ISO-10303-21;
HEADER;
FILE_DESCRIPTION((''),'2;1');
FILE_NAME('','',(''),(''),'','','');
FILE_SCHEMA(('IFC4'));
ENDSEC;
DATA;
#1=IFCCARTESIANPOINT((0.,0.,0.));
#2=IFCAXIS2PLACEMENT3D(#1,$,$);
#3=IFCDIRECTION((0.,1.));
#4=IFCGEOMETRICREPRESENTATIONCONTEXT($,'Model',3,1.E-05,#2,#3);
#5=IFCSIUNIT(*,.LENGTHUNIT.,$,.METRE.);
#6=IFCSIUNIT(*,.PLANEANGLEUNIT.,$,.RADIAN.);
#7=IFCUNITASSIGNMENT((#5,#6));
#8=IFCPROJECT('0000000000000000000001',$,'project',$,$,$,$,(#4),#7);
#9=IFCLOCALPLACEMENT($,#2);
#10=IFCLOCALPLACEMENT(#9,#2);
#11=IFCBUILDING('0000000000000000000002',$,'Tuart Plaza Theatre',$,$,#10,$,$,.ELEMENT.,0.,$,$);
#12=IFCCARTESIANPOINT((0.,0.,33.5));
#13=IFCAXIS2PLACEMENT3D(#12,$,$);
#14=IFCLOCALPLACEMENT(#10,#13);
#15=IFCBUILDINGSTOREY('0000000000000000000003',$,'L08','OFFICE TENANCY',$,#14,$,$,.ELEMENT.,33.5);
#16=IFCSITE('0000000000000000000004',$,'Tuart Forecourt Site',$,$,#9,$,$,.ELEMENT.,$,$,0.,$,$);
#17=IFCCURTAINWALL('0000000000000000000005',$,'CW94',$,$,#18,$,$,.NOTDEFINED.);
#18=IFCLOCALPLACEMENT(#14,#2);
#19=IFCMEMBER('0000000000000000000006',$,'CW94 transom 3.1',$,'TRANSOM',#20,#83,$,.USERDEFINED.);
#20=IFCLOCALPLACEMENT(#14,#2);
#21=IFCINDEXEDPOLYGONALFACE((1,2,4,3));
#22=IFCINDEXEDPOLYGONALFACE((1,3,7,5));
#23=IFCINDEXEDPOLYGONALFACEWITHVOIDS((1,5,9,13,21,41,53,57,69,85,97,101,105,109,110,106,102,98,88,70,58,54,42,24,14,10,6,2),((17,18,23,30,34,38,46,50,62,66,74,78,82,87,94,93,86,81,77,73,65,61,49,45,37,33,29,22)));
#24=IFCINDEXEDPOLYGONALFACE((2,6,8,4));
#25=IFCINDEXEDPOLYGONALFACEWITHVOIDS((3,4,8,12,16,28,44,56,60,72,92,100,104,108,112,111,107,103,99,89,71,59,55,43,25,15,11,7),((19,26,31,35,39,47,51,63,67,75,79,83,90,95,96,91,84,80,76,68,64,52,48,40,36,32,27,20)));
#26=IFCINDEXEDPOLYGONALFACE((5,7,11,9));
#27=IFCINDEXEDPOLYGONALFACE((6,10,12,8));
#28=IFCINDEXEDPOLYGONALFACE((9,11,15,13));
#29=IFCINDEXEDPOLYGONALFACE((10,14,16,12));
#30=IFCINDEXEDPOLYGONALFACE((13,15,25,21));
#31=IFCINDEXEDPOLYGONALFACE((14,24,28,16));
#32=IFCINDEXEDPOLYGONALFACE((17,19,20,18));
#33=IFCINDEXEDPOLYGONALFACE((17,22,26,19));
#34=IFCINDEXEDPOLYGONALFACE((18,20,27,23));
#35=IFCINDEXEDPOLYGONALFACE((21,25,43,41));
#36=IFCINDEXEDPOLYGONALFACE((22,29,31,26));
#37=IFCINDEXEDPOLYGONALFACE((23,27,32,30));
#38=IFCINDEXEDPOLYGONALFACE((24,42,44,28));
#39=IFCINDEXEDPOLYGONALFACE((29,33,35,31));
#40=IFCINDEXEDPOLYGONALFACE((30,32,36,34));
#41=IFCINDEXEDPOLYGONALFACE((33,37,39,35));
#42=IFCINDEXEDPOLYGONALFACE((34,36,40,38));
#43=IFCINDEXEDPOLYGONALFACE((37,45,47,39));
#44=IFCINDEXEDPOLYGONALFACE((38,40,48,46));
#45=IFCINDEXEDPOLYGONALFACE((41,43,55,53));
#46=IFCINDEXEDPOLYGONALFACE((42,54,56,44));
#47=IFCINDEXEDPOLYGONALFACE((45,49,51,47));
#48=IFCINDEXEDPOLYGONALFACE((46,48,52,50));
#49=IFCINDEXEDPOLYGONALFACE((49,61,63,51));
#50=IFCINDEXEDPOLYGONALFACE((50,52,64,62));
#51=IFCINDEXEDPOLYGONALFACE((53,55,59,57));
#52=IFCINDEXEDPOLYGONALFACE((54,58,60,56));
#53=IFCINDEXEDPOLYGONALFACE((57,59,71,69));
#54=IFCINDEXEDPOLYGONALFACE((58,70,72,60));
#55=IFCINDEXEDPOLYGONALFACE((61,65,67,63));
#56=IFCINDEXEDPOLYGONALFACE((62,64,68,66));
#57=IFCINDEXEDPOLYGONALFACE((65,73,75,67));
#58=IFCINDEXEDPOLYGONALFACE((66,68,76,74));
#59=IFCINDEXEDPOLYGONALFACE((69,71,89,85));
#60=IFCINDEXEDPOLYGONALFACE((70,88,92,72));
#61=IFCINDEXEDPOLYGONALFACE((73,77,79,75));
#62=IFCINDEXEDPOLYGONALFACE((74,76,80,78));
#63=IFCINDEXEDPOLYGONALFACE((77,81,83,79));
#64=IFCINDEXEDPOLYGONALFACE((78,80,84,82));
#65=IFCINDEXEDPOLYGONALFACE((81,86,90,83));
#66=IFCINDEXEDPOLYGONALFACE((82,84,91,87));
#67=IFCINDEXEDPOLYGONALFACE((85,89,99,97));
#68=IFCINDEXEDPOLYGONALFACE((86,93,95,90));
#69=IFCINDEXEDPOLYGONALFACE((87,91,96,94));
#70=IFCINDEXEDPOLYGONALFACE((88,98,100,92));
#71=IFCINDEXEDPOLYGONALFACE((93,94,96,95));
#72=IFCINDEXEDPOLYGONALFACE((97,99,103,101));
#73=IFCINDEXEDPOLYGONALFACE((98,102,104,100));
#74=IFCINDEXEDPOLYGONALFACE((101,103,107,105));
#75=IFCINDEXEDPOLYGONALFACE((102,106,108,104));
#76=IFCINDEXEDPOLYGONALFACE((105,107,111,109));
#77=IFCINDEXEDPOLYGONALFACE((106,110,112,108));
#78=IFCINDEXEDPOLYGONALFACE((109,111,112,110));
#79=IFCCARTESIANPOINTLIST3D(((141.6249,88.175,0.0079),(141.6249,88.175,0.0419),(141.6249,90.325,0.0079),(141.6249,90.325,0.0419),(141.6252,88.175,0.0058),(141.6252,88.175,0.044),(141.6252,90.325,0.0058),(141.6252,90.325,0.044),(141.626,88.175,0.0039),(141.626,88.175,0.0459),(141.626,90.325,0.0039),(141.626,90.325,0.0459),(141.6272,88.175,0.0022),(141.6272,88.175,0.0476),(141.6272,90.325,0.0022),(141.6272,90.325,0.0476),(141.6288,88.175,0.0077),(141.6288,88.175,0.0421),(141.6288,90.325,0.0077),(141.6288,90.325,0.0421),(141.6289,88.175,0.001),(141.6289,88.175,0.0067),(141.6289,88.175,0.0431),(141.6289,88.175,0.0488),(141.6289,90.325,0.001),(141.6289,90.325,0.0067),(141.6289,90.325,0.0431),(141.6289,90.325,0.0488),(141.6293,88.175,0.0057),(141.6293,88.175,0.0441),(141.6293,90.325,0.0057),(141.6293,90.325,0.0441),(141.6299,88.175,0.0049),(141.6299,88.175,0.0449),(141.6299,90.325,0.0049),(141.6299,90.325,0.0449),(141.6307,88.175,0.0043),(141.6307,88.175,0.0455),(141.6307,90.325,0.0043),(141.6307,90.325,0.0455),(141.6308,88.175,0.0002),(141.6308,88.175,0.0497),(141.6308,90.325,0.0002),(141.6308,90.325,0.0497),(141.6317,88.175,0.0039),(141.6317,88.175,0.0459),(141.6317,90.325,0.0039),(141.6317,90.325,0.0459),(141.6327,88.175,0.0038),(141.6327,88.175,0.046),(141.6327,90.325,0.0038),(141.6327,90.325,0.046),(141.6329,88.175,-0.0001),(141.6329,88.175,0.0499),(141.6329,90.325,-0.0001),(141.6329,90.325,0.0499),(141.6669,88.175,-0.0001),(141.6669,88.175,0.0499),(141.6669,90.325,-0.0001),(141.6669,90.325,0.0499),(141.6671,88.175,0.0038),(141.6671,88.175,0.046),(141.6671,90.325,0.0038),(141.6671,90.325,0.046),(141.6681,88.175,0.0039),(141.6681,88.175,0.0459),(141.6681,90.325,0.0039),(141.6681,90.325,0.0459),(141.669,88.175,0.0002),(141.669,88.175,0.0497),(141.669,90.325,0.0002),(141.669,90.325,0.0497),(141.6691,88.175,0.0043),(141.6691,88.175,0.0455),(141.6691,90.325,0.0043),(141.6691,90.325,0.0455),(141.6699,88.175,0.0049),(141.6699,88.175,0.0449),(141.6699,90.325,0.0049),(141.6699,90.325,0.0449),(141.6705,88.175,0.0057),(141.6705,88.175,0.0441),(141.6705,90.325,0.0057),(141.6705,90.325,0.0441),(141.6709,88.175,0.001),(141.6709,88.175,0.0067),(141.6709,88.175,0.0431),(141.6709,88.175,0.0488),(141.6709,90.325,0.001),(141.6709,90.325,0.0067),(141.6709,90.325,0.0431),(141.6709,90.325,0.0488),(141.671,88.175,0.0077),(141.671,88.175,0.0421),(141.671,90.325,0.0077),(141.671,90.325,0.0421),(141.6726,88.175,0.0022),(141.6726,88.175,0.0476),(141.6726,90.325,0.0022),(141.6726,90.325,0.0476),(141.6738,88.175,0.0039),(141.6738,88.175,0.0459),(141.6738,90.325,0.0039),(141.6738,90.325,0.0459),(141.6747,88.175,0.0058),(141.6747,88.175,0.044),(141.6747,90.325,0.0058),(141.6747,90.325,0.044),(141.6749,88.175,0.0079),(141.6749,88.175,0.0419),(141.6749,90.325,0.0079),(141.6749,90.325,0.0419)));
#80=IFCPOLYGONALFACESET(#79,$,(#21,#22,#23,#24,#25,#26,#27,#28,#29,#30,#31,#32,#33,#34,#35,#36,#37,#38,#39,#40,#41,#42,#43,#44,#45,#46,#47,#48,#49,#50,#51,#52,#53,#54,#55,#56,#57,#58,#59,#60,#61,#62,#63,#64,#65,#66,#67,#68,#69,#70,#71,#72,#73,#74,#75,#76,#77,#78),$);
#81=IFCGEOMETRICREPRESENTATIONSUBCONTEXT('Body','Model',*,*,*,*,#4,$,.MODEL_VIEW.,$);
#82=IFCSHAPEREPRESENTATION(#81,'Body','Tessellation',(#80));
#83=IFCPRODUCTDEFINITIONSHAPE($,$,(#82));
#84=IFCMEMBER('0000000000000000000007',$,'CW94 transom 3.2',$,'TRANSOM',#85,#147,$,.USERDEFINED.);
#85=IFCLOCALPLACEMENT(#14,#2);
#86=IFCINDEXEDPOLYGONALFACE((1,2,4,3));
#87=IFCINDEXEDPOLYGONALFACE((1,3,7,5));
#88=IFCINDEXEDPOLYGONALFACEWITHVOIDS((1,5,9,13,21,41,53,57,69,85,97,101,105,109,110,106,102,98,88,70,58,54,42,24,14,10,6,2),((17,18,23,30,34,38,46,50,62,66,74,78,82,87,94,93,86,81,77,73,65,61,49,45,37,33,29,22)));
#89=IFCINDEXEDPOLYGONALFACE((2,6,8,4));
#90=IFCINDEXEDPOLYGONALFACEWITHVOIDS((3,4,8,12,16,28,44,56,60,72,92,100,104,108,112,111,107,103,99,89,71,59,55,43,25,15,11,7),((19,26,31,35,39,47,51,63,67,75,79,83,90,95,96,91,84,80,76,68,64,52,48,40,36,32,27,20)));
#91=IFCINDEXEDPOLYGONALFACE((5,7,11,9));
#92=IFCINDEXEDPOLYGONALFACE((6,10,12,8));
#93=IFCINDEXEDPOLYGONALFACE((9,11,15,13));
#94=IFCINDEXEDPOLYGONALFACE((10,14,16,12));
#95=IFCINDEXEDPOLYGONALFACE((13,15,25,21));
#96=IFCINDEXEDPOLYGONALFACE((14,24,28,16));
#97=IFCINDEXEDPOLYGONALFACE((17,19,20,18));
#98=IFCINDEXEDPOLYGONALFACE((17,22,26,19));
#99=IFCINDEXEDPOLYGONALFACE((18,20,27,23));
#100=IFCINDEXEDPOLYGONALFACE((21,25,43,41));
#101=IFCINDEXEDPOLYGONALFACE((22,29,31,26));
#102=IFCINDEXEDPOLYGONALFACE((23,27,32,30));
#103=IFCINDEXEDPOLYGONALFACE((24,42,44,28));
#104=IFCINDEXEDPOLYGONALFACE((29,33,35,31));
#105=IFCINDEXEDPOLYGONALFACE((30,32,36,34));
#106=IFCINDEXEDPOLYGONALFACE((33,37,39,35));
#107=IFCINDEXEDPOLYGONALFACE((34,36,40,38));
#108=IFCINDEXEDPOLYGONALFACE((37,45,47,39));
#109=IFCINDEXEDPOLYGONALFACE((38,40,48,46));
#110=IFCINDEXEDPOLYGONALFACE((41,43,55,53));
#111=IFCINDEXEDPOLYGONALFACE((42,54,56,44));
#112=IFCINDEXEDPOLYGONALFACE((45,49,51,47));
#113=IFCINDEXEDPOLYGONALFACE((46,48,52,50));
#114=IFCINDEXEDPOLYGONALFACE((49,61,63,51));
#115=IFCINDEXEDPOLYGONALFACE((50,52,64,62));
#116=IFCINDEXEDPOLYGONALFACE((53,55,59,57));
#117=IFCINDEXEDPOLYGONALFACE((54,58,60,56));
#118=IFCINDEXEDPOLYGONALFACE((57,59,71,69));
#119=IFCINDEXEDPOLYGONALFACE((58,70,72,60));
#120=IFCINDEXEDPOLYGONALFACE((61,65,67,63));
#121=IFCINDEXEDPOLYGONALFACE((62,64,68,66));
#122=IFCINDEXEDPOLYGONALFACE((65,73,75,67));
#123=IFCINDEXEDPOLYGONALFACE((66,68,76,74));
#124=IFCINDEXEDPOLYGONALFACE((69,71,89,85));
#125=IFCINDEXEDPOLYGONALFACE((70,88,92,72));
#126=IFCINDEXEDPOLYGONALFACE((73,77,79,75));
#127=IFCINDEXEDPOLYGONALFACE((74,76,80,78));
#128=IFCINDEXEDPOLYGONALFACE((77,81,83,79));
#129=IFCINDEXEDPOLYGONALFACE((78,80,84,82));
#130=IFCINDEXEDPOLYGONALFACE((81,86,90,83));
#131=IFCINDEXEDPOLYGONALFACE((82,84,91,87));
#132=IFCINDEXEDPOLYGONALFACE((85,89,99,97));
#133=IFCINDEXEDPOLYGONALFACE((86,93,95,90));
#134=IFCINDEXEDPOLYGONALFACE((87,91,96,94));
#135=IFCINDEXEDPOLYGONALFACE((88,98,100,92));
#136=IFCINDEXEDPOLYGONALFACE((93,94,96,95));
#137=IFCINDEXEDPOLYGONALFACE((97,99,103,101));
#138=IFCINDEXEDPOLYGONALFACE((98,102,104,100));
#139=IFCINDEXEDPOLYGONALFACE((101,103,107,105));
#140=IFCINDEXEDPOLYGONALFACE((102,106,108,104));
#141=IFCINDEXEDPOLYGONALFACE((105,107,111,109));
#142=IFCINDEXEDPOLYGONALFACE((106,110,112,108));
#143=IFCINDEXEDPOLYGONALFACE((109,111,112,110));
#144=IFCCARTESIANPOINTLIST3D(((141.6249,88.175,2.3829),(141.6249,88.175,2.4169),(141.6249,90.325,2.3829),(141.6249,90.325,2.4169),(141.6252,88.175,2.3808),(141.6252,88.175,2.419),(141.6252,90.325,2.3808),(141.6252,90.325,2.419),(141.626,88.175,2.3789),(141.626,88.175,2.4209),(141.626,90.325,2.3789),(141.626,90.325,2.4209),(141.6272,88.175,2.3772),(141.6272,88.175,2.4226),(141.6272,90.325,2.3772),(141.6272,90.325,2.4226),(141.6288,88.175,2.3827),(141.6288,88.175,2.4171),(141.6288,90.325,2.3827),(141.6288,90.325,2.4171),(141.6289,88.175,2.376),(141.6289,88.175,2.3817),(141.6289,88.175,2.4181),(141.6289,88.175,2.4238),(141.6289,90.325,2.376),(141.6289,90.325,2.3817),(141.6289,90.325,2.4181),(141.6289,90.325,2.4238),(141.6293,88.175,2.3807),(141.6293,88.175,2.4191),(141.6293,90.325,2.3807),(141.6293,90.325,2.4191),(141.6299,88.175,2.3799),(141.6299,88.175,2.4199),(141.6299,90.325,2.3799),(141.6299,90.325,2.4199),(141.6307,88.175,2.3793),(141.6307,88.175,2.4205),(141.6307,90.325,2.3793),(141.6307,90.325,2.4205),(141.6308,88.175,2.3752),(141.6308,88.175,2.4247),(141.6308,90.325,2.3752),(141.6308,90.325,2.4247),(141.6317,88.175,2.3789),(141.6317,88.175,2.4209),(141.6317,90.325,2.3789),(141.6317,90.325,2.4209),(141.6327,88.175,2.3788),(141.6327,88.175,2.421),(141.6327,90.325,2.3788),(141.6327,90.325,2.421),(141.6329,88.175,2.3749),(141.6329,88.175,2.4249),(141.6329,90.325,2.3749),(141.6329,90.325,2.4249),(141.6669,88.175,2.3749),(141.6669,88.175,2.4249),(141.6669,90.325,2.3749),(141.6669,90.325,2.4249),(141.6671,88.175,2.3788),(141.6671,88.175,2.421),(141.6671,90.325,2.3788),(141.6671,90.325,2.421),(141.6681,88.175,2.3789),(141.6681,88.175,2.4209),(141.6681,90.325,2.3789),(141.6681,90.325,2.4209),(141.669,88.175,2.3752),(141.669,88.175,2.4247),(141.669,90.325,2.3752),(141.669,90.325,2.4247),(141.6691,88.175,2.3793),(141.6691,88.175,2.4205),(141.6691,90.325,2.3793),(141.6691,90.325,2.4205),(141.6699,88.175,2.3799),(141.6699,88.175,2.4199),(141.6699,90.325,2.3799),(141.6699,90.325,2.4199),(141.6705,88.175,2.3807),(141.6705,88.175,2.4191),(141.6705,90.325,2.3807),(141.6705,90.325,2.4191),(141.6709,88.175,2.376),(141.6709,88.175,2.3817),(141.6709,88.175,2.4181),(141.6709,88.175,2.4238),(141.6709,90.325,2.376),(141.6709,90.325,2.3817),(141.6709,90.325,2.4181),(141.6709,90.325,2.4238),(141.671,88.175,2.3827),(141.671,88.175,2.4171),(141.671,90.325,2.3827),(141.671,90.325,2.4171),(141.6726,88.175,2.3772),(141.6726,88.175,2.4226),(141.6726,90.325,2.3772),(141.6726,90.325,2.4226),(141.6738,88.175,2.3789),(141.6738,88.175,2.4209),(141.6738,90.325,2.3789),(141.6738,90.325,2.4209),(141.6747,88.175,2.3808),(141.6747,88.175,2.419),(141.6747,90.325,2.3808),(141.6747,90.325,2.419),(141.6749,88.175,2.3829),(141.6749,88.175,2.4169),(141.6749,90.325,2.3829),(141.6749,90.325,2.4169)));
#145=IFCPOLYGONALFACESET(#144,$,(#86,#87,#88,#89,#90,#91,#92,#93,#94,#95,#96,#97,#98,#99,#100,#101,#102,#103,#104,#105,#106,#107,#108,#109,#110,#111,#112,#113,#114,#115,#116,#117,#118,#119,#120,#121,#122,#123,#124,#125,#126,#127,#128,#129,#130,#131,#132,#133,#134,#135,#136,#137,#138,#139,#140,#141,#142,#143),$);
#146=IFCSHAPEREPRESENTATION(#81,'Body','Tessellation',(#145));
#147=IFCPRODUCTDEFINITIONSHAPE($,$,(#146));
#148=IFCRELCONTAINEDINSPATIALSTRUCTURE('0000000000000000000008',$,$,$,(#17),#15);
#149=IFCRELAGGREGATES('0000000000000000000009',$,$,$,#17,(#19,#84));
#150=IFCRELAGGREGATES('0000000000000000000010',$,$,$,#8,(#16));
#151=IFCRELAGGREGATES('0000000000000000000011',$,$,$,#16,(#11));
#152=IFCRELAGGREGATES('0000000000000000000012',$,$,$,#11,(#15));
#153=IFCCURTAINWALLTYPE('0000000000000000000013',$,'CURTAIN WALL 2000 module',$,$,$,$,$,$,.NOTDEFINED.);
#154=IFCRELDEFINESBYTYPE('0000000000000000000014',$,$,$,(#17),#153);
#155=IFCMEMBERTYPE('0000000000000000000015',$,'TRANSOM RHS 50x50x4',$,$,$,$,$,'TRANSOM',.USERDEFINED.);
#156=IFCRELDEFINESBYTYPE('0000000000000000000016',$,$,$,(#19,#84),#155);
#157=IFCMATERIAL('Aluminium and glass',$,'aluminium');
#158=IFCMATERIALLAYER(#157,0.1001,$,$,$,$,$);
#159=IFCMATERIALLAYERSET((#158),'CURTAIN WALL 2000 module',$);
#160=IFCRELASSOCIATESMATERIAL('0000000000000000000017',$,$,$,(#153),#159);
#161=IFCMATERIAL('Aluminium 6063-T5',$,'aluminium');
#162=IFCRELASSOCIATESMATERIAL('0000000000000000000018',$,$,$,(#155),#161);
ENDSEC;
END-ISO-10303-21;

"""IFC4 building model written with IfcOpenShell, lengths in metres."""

from ifc_helpers import new_model, si_unit, direction, frame, origin, origin_2d, place, context, subcontext, project, spatial, hollow_rectangle, extrude, material, layer, layer_set, material_profile, profile_set, type_object, element, aggregate, save


model = new_model("IFC4")

# Units and contexts
model_context = context("Model", 3, precision=1e-05, world=origin(), true_north=direction((0.0, 1.0)))
body_context = subcontext(model_context, "Body", "Model", "MODEL_VIEW")
ifc_project = project(units=[si_unit("LENGTHUNIT", "METRE"), si_unit("PLANEANGLEUNIT", "RADIAN")], contexts=[model_context])

# Site, building, storey
site_placement = place(None, origin())
site = spatial("IfcSite", under=ifc_project, at=site_placement, Name="Tuart Forecourt Site", CompositionType="ELEMENT", RefElevation=0.0)
building_placement = place(site_placement, origin())
building = spatial("IfcBuilding", under=site, at=building_placement, Name="Tuart Plaza Theatre", CompositionType="ELEMENT", ElevationOfRefHeight=0.0)
storey_placement = place(building_placement, frame((0.0, 0.0, 33.5)))
storey = spatial("IfcBuildingStorey", under=building, at=storey_placement, Name="L08", Description="OFFICE TENANCY", CompositionType="ELEMENT", Elevation=33.5)

# Curtain wall, members
ifc_material_1 = material(Name="Aluminium and glass", Category="aluminium")
ifc_layer_1 = layer(ifc_material_1, 0.1001)
ifc_layer_set_1 = layer_set([ifc_layer_1], Name="CURTAIN WALL 2000 module")
curtain_wall_type = type_object("IfcCurtainWallType", Name="CURTAIN WALL 2000 module", PredefinedType="NOTDEFINED", material=ifc_layer_set_1)
curtain_wall_placement = place(storey_placement, origin())
curtain_wall = element("IfcCurtainWall", 1, at=curtain_wall_placement, inside=storey, type_object=curtain_wall_type, Name="CW94", PredefinedType="NOTDEFINED")
ifc_material_2 = material(Name="Aluminium 6063-T5", Category="aluminium")
ifc_material_profile_1 = material_profile(ifc_material_2, hollow_rectangle(XDim=0.05, YDim=0.05, WallThickness=0.0039, InnerFilletRadius=0.0039, OuterFilletRadius=0.0081, at=origin_2d()), Name="RHS 50x50x4")
ifc_profile_set_1 = profile_set([ifc_material_profile_1], Name="Aluminium 6063-T5")
member_type_1 = type_object("IfcMemberType", Name="TRANSOM RHS 50x50x4", ElementType="TRANSOM", PredefinedType="USERDEFINED", material=ifc_profile_set_1)
member_1_placement = place(storey_placement, frame((141.6499, 88.175, 0.0249), z_axis=(0.0, 1.0, 0.0), x_axis=(-1.0, 0.0, 0.0)))
member_1 = element("IfcMember", 2, at=member_1_placement, type_object=member_type_1, Name="CW94 transom 3.1", ObjectType="TRANSOM", PredefinedType="USERDEFINED", context=body_context, shape_type="SweptSolid", body=[
    extrude(hollow_rectangle(XDim=0.05, YDim=0.05, WallThickness=0.0039, InnerFilletRadius=0.0039, OuterFilletRadius=0.0081, at=origin_2d()), origin(), (0.0, 0.0, 1.0), 2.1499),
])
member_2_placement = place(storey_placement, frame((141.6499, 88.175, 2.3999), z_axis=(0.0, 1.0, 0.0), x_axis=(-1.0, 0.0, 0.0)))
member_2 = element("IfcMember", 3, at=member_2_placement, type_object=member_type_1, Name="CW94 transom 3.2", ObjectType="TRANSOM", PredefinedType="USERDEFINED", context=body_context, shape_type="SweptSolid", body=[
    extrude(hollow_rectangle(XDim=0.05, YDim=0.05, WallThickness=0.0039, InnerFilletRadius=0.0039, OuterFilletRadius=0.0081, at=origin_2d()), origin(), (0.0, 0.0, 1.0), 2.1499),
])
aggregate(curtain_wall, [member_1, member_2])

save(model, "model.ifc")
